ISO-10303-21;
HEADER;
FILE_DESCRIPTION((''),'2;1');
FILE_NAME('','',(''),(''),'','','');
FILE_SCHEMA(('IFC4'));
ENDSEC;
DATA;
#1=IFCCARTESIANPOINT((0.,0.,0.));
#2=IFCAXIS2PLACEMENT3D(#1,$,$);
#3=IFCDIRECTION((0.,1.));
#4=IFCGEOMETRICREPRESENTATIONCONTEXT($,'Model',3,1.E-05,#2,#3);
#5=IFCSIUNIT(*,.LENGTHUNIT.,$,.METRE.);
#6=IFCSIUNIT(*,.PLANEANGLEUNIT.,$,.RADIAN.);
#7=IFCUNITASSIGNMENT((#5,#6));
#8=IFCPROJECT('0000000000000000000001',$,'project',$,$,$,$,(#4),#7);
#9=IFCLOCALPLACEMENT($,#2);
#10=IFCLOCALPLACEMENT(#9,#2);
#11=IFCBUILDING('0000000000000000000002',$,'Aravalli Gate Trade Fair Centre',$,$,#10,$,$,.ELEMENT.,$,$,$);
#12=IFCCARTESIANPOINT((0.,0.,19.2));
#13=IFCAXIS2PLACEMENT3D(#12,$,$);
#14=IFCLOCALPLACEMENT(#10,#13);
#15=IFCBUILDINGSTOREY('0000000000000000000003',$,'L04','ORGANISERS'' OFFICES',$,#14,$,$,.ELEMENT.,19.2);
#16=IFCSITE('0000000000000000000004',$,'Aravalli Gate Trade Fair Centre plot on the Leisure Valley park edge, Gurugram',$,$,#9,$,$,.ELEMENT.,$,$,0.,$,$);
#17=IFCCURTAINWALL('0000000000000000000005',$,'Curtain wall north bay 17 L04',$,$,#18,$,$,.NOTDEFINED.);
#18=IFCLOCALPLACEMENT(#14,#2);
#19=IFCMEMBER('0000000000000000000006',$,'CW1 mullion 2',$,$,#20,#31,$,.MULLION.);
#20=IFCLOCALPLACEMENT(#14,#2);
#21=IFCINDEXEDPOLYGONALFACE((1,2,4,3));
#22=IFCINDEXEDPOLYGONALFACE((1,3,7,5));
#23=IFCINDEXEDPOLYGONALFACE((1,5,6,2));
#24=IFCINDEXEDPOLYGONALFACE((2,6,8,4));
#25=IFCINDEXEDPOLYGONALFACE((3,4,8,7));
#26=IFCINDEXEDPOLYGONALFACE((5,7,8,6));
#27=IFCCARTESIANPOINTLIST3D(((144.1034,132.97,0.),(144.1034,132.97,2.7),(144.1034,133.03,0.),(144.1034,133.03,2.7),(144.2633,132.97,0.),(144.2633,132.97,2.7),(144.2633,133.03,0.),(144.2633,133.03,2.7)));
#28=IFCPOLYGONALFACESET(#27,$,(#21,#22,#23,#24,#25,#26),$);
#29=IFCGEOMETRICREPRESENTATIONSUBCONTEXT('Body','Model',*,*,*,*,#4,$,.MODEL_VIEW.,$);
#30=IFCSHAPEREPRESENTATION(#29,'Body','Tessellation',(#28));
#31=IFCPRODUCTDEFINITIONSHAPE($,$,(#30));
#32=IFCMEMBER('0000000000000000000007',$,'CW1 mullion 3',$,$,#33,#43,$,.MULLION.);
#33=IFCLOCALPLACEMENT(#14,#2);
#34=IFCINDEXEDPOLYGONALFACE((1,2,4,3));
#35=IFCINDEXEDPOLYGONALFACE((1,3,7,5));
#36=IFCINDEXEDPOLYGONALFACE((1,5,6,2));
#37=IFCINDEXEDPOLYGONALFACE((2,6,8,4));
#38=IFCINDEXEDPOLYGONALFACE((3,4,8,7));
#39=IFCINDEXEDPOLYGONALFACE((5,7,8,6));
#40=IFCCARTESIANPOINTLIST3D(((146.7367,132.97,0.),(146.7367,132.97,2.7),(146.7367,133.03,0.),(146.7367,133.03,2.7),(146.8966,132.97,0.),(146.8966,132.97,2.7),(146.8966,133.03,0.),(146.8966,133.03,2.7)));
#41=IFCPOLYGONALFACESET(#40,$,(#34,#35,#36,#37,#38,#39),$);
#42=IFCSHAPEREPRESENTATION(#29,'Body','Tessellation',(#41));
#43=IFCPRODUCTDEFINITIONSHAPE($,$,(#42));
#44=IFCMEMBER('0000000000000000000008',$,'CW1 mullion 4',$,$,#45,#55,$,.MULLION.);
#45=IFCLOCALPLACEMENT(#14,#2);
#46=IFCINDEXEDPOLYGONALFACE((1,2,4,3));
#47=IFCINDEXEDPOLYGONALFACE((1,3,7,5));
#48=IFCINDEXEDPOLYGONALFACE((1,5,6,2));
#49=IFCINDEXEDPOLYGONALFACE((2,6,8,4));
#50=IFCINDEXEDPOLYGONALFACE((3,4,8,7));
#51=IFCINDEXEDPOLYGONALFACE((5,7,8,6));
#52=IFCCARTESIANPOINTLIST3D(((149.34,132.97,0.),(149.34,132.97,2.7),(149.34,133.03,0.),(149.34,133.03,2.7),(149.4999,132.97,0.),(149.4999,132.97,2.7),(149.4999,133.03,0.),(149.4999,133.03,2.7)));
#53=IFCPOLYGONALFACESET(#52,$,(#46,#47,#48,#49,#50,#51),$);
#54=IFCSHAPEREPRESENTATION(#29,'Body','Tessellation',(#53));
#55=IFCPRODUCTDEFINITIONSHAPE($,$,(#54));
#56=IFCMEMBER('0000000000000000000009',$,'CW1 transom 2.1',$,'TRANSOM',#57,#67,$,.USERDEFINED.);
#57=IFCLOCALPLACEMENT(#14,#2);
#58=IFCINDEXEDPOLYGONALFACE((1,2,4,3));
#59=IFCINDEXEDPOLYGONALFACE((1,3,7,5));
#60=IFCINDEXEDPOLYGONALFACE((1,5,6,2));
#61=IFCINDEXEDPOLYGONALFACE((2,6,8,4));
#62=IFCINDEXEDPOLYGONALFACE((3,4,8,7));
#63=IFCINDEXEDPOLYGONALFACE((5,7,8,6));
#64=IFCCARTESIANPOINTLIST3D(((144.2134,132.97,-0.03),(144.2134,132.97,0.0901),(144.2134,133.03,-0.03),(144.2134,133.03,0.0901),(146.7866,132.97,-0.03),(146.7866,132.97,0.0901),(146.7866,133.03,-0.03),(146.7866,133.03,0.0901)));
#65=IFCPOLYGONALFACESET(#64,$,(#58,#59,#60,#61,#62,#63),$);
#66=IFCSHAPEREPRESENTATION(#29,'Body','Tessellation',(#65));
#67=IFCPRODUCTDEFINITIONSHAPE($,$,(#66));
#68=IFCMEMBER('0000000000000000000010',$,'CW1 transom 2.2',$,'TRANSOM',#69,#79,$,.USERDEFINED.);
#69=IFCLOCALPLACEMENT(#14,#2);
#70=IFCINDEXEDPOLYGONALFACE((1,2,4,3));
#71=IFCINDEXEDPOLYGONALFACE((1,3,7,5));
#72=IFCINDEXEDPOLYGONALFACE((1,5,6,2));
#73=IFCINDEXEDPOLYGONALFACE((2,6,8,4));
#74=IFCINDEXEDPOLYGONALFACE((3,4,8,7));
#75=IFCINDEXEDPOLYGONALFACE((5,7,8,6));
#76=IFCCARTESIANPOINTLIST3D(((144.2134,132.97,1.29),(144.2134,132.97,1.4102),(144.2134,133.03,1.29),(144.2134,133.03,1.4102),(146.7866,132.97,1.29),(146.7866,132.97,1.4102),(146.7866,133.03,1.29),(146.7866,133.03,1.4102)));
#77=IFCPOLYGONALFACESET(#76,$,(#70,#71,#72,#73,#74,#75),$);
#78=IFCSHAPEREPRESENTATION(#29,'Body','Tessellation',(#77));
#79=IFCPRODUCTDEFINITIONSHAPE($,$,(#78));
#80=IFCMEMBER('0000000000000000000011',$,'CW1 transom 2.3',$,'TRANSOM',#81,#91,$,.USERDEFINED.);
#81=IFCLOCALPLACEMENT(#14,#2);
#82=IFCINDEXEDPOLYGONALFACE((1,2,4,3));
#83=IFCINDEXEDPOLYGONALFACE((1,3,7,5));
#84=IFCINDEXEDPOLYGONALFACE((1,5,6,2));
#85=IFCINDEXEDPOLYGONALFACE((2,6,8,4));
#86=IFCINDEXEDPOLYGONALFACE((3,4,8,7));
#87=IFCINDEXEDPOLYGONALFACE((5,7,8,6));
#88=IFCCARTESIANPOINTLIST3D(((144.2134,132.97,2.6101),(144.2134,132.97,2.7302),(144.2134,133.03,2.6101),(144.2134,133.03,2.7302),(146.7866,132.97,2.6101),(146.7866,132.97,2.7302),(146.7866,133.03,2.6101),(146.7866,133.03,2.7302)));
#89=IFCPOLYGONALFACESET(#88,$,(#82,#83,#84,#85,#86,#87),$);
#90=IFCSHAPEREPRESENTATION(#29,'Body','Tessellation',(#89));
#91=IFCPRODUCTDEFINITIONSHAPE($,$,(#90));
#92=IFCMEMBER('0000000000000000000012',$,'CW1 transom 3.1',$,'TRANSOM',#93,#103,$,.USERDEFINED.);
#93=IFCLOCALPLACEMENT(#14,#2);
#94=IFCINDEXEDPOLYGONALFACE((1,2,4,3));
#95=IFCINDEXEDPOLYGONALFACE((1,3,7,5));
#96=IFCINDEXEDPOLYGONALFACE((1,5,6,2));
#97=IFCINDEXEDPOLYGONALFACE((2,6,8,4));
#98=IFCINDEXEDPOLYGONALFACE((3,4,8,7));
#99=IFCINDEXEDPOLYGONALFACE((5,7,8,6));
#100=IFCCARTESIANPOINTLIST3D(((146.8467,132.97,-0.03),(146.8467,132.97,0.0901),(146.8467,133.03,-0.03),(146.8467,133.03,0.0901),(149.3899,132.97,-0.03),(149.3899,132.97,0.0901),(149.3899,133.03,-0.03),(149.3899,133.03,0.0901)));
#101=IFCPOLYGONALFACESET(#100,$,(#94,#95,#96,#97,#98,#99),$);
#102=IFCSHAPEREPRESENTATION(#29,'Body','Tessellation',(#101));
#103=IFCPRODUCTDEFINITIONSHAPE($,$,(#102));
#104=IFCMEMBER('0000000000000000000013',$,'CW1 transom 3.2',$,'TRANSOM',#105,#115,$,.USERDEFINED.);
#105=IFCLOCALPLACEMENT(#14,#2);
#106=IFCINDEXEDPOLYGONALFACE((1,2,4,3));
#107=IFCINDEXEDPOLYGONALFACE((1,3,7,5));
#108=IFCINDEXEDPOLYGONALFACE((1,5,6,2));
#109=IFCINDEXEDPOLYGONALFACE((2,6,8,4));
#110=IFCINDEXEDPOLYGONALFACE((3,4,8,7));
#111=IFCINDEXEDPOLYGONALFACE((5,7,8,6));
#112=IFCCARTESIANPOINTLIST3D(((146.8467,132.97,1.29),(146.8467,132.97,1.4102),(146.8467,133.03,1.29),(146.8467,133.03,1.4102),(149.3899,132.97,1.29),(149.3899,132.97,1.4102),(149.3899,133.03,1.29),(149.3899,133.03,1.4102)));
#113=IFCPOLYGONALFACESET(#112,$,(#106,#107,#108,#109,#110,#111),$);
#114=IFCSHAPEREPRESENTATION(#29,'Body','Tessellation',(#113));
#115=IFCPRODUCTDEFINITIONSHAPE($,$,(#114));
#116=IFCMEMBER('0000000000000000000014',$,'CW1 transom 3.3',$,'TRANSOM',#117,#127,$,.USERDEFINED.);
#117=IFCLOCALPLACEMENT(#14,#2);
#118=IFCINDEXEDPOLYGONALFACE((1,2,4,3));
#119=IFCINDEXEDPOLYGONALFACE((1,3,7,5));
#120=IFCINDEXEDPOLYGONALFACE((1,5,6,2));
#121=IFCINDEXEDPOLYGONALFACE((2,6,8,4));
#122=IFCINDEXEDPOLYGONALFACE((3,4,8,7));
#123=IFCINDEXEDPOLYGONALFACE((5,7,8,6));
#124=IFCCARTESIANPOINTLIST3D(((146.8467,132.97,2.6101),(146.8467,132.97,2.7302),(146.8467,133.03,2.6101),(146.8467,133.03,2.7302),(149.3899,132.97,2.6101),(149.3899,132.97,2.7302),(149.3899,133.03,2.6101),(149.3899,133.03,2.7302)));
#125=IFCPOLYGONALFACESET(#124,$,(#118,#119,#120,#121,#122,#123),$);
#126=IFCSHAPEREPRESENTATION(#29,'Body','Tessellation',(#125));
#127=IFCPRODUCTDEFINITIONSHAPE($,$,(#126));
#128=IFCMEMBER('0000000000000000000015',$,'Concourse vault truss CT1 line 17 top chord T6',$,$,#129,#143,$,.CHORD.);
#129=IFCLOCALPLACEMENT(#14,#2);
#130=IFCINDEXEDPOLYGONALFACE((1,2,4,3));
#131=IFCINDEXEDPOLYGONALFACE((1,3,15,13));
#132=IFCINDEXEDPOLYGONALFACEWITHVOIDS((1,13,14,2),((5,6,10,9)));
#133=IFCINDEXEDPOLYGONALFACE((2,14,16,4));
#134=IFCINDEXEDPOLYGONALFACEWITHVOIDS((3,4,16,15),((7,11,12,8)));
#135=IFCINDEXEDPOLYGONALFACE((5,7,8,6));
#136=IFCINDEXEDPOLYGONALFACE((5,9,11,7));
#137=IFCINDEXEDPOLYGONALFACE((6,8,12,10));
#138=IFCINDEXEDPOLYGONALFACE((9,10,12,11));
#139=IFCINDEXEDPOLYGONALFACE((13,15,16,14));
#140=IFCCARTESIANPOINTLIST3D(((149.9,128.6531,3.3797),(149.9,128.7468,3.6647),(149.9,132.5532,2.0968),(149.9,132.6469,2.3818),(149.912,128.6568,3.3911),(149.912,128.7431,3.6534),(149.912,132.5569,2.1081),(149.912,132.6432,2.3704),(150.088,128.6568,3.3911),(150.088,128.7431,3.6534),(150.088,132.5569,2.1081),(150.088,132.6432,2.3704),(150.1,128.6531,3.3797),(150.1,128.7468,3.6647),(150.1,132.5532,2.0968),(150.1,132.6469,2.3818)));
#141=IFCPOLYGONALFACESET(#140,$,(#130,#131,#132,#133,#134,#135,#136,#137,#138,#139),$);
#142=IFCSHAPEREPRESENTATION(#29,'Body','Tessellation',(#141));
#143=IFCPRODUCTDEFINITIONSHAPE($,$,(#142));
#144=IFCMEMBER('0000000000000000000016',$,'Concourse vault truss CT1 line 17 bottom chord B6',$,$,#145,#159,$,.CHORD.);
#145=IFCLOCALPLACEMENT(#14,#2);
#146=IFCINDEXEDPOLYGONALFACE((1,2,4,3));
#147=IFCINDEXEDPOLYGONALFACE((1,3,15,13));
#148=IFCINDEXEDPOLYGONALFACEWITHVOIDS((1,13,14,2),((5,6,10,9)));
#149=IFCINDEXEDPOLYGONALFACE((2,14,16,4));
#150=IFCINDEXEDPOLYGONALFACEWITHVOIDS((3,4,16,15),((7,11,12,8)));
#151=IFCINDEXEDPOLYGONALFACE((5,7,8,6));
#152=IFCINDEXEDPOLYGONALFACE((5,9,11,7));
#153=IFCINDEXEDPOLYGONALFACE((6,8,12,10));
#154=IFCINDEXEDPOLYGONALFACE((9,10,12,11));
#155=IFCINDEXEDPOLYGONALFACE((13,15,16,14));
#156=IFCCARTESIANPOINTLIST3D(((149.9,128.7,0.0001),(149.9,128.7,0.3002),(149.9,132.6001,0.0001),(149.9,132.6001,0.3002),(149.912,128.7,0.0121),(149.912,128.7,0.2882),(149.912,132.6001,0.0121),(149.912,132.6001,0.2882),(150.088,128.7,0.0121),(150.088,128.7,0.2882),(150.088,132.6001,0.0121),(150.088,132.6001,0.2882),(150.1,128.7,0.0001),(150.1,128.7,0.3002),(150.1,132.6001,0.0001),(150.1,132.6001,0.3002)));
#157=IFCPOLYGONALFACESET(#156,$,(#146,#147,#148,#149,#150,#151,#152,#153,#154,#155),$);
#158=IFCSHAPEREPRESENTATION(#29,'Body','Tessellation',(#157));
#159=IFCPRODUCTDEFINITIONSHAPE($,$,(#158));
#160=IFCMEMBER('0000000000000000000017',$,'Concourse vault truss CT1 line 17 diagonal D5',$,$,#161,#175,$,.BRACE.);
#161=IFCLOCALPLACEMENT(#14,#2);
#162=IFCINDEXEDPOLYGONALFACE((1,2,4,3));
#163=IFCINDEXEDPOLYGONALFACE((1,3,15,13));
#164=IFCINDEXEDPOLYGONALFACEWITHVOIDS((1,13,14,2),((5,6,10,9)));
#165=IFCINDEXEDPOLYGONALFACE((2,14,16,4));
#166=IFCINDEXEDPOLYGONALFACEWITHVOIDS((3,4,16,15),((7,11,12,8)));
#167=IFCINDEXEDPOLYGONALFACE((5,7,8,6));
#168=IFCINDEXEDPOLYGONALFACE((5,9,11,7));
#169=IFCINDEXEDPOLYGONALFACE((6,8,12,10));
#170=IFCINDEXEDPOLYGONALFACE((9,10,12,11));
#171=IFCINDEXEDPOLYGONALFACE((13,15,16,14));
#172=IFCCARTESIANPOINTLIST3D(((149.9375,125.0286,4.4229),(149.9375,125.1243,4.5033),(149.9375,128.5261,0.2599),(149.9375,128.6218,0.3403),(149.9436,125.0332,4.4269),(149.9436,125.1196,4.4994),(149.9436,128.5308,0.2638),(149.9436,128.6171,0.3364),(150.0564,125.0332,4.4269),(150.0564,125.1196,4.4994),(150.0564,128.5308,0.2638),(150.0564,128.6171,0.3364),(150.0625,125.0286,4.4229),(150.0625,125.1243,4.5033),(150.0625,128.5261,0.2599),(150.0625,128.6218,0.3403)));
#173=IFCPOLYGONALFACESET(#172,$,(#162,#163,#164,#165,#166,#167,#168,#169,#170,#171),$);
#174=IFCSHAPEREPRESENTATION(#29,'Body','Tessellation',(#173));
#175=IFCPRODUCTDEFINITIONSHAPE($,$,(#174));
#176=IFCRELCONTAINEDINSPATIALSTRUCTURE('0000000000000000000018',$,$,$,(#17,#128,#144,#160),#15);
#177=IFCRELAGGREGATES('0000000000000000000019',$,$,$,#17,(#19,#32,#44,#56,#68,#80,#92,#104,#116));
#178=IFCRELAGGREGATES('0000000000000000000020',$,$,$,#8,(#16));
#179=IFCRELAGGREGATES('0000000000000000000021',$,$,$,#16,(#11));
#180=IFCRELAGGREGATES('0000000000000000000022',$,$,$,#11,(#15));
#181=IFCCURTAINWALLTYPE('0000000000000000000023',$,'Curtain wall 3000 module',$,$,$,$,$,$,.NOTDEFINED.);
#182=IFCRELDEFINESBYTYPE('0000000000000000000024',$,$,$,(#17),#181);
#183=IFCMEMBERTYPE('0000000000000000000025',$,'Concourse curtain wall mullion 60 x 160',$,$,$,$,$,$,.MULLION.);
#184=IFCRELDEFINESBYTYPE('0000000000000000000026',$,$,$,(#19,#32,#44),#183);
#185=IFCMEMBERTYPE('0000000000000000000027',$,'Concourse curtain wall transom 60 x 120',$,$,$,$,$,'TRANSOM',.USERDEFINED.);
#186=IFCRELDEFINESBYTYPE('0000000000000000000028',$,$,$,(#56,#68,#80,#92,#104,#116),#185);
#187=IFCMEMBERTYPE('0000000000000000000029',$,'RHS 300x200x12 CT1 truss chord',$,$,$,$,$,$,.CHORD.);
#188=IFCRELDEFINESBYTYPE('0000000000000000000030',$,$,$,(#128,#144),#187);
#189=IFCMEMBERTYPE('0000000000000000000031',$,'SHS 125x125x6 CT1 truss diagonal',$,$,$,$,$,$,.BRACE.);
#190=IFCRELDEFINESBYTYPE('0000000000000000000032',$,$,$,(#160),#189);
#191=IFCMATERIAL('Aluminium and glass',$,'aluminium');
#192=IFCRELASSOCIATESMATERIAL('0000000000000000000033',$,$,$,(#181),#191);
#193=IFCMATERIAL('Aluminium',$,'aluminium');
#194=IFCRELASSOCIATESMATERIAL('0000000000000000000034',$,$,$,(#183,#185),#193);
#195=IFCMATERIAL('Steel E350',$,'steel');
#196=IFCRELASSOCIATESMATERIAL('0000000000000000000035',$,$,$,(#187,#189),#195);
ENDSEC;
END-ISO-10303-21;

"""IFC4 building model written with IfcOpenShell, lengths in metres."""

from ifc_helpers import new_model, si_unit, direction, frame, origin, origin_2d, place, context, subcontext, project, spatial, rectangle, hollow_rectangle, extrude, material, material_profile, profile_set, type_object, element, aggregate, save


model = new_model("IFC4")

# Units and contexts
model_context = context("Model", 3, precision=1e-05, world=origin(), true_north=direction((0.0, 1.0)))
body_context = subcontext(model_context, "Body", "Model", "MODEL_VIEW")
ifc_project = project(units=[si_unit("LENGTHUNIT", "METRE"), si_unit("PLANEANGLEUNIT", "RADIAN")], contexts=[model_context])

# Site, building, storey
site_placement = place(None, origin())
site = spatial("IfcSite", under=ifc_project, at=site_placement, Name="Aravalli Gate Trade Fair Centre plot on the Leisure Valley park edge, Gurugram", CompositionType="ELEMENT", RefElevation=0.0)
building_placement = place(site_placement, origin())
building = spatial("IfcBuilding", under=site, at=building_placement, Name="Aravalli Gate Trade Fair Centre", CompositionType="ELEMENT")
storey_placement = place(building_placement, frame((0.0, 0.0, 19.2)))
storey = spatial("IfcBuildingStorey", under=building, at=storey_placement, Name="L04", Description="ORGANISERS' OFFICES", CompositionType="ELEMENT", Elevation=19.2)

# Curtain wall, members
ifc_material_1 = material(Name="Aluminium and glass", Category="aluminium")
curtain_wall_type_1 = type_object("IfcCurtainWallType", Name="Curtain wall 3000 module", PredefinedType="NOTDEFINED", material=ifc_material_1)
curtain_wall_1_placement = place(storey_placement, origin())
curtain_wall_1 = element("IfcCurtainWall", 1, at=curtain_wall_1_placement, inside=storey, type_object=curtain_wall_type_1, Name="Curtain wall north bay 17 L04", PredefinedType="NOTDEFINED")
ifc_material_2 = material(Name="Aluminium", Category="aluminium")
ifc_material_profile_1 = material_profile(ifc_material_2, rectangle(XDim=0.0601, YDim=0.1599, at=origin_2d()), Name="Concourse curtain wall mullion 60 x 160")
ifc_profile_set_1 = profile_set([ifc_material_profile_1], Name="Aluminium")
member_type_1 = type_object("IfcMemberType", Name="Concourse curtain wall mullion 60 x 160", PredefinedType="MULLION", material=ifc_profile_set_1)
member_1_placement = place(storey_placement, frame((144.1833, 133.0, 0.0), z_axis=(0.0, 0.0, 1.0), x_axis=(0.0, 1.0, 0.0)))
member_1 = element("IfcMember", 2, at=member_1_placement, type_object=member_type_1, Name="CW1 mullion 2", PredefinedType="MULLION", context=body_context, shape_type="SweptSolid", body=[
    extrude(rectangle(XDim=0.0601, YDim=0.1599, at=origin_2d()), origin(), (0.0, 0.0, 1.0), 2.7),
])
member_2_placement = place(storey_placement, frame((146.8167, 133.0, 0.0), z_axis=(0.0, 0.0, 1.0), x_axis=(0.0, 1.0, 0.0)))
member_2 = element("IfcMember", 3, at=member_2_placement, type_object=member_type_1, Name="CW1 mullion 3", PredefinedType="MULLION", context=body_context, shape_type="SweptSolid", body=[
    extrude(rectangle(XDim=0.0601, YDim=0.1599, at=origin_2d()), origin(), (0.0, 0.0, 1.0), 2.7),
])
member_3_placement = place(storey_placement, frame((149.4199, 133.0, 0.0), z_axis=(0.0, 0.0, 1.0), x_axis=(0.0, 1.0, 0.0)))
member_3 = element("IfcMember", 4, at=member_3_placement, type_object=member_type_1, Name="CW1 mullion 4", PredefinedType="MULLION", context=body_context, shape_type="SweptSolid", body=[
    extrude(rectangle(XDim=0.0601, YDim=0.1599, at=origin_2d()), origin(), (0.0, 0.0, 1.0), 2.7),
])
ifc_material_profile_2 = material_profile(ifc_material_2, rectangle(XDim=0.0601, YDim=0.1201, at=origin_2d()), Name="Concourse curtain wall transom 60 x 120")
ifc_profile_set_2 = profile_set([ifc_material_profile_2], Name="Aluminium")
member_type_2 = type_object("IfcMemberType", Name="Concourse curtain wall transom 60 x 120", ElementType="TRANSOM", PredefinedType="USERDEFINED", material=ifc_profile_set_2)
member_4_placement = place(storey_placement, frame((144.2134, 133.0, 0.03), z_axis=(1.0, 0.0, 0.0), x_axis=(0.0, 1.0, 0.0)))
member_4 = element("IfcMember", 5, at=member_4_placement, type_object=member_type_2, Name="CW1 transom 2.1", ObjectType="TRANSOM", PredefinedType="USERDEFINED", context=body_context, shape_type="SweptSolid", body=[
    extrude(rectangle(XDim=0.0601, YDim=0.1201, at=origin_2d()), origin(), (0.0, 0.0, 1.0), 2.5732),
])
member_5_placement = place(storey_placement, frame((144.2134, 133.0, 1.3501), z_axis=(1.0, 0.0, 0.0), x_axis=(0.0, 1.0, 0.0)))
member_5 = element("IfcMember", 6, at=member_5_placement, type_object=member_type_2, Name="CW1 transom 2.2", ObjectType="TRANSOM", PredefinedType="USERDEFINED", context=body_context, shape_type="SweptSolid", body=[
    extrude(rectangle(XDim=0.0601, YDim=0.1201, at=origin_2d()), origin(), (0.0, 0.0, 1.0), 2.5732),
])
member_6_placement = place(storey_placement, frame((144.2134, 133.0, 2.6702), z_axis=(1.0, 0.0, 0.0), x_axis=(0.0, 1.0, 0.0)))
member_6 = element("IfcMember", 7, at=member_6_placement, type_object=member_type_2, Name="CW1 transom 2.3", ObjectType="TRANSOM", PredefinedType="USERDEFINED", context=body_context, shape_type="SweptSolid", body=[
    extrude(rectangle(XDim=0.0601, YDim=0.1201, at=origin_2d()), origin(), (0.0, 0.0, 1.0), 2.5732),
])
member_7_placement = place(storey_placement, frame((146.8467, 133.0, 0.03), z_axis=(1.0, 0.0, 0.0), x_axis=(0.0, 1.0, 0.0)))
member_7 = element("IfcMember", 8, at=member_7_placement, type_object=member_type_2, Name="CW1 transom 3.1", ObjectType="TRANSOM", PredefinedType="USERDEFINED", context=body_context, shape_type="SweptSolid", body=[
    extrude(rectangle(XDim=0.0601, YDim=0.1201, at=origin_2d()), origin(), (0.0, 0.0, 1.0), 2.5432),
])
member_8_placement = place(storey_placement, frame((146.8467, 133.0, 1.3501), z_axis=(1.0, 0.0, 0.0), x_axis=(0.0, 1.0, 0.0)))
member_8 = element("IfcMember", 9, at=member_8_placement, type_object=member_type_2, Name="CW1 transom 3.2", ObjectType="TRANSOM", PredefinedType="USERDEFINED", context=body_context, shape_type="SweptSolid", body=[
    extrude(rectangle(XDim=0.0601, YDim=0.1201, at=origin_2d()), origin(), (0.0, 0.0, 1.0), 2.5432),
])
member_9_placement = place(storey_placement, frame((146.8467, 133.0, 2.6702), z_axis=(1.0, 0.0, 0.0), x_axis=(0.0, 1.0, 0.0)))
member_9 = element("IfcMember", 10, at=member_9_placement, type_object=member_type_2, Name="CW1 transom 3.3", ObjectType="TRANSOM", PredefinedType="USERDEFINED", context=body_context, shape_type="SweptSolid", body=[
    extrude(rectangle(XDim=0.0601, YDim=0.1201, at=origin_2d()), origin(), (0.0, 0.0, 1.0), 2.5432),
])

# Members
ifc_material_3 = material(Name="Steel E350", Category="steel")
ifc_material_profile_3 = material_profile(ifc_material_3, hollow_rectangle(XDim=0.2, YDim=0.3, WallThickness=0.012, at=origin_2d()), Name="RHS 300x200x12")
ifc_profile_set_3 = profile_set([ifc_material_profile_3], Name="Steel E350")
member_type_3 = type_object("IfcMemberType", Name="RHS 300x200x12 CT1 truss chord", PredefinedType="CHORD", material=ifc_profile_set_3)
member_10_placement = place(storey_placement, frame((150.0, 128.7, 3.5222), z_axis=(0.0, 0.949925, -0.312479), x_axis=(-1.0, 0.0, 0.0)))
element("IfcMember", 11, at=member_10_placement, inside=storey, type_object=member_type_3, Name="Concourse vault truss CT1 line 17 top chord T6", PredefinedType="CHORD", context=body_context, shape_type="SweptSolid", body=[
    extrude(hollow_rectangle(XDim=0.2, YDim=0.3, WallThickness=0.012, at=origin_2d()), origin(), (0.0, 0.0, 1.0), 4.1057),
])
member_11_placement = place(storey_placement, frame((150.0, 128.7, 0.1501), z_axis=(0.0, 1.0, 0.0), x_axis=(-1.0, 0.0, 0.0)))
element("IfcMember", 12, at=member_11_placement, inside=storey, type_object=member_type_3, Name="Concourse vault truss CT1 line 17 bottom chord B6", PredefinedType="CHORD", context=body_context, shape_type="SweptSolid", body=[
    extrude(hollow_rectangle(XDim=0.2, YDim=0.3, WallThickness=0.012, at=origin_2d()), origin(), (0.0, 0.0, 1.0), 3.9001),
])
ifc_material_profile_4 = material_profile(ifc_material_3, hollow_rectangle(XDim=0.125, YDim=0.125, WallThickness=0.0061, at=origin_2d()), Name="SHS 125x125x6")
ifc_profile_set_4 = profile_set([ifc_material_profile_4], Name="Steel E350")
member_type_4 = type_object("IfcMemberType", Name="SHS 125x125x6 CT1 truss diagonal", PredefinedType="BRACE", material=ifc_profile_set_4)
member_12_placement = place(storey_placement, frame((150.0, 125.0764, 4.4631), z_axis=(0.0, 0.643253, -0.765654), x_axis=(-1.0, 0.0, 0.0)))
element("IfcMember", 13, at=member_12_placement, inside=storey, type_object=member_type_4, Name="Concourse vault truss CT1 line 17 diagonal D5", PredefinedType="BRACE", context=body_context, shape_type="SweptSolid", body=[
    extrude(hollow_rectangle(XDim=0.125, YDim=0.125, WallThickness=0.0061, at=origin_2d()), origin(), (0.0, 0.0, 1.0), 5.4373),
])

aggregate(curtain_wall_1, [member_1, member_2, member_3, member_4, member_5, member_6, member_7, member_8, member_9])

save(model, "model.ifc")
